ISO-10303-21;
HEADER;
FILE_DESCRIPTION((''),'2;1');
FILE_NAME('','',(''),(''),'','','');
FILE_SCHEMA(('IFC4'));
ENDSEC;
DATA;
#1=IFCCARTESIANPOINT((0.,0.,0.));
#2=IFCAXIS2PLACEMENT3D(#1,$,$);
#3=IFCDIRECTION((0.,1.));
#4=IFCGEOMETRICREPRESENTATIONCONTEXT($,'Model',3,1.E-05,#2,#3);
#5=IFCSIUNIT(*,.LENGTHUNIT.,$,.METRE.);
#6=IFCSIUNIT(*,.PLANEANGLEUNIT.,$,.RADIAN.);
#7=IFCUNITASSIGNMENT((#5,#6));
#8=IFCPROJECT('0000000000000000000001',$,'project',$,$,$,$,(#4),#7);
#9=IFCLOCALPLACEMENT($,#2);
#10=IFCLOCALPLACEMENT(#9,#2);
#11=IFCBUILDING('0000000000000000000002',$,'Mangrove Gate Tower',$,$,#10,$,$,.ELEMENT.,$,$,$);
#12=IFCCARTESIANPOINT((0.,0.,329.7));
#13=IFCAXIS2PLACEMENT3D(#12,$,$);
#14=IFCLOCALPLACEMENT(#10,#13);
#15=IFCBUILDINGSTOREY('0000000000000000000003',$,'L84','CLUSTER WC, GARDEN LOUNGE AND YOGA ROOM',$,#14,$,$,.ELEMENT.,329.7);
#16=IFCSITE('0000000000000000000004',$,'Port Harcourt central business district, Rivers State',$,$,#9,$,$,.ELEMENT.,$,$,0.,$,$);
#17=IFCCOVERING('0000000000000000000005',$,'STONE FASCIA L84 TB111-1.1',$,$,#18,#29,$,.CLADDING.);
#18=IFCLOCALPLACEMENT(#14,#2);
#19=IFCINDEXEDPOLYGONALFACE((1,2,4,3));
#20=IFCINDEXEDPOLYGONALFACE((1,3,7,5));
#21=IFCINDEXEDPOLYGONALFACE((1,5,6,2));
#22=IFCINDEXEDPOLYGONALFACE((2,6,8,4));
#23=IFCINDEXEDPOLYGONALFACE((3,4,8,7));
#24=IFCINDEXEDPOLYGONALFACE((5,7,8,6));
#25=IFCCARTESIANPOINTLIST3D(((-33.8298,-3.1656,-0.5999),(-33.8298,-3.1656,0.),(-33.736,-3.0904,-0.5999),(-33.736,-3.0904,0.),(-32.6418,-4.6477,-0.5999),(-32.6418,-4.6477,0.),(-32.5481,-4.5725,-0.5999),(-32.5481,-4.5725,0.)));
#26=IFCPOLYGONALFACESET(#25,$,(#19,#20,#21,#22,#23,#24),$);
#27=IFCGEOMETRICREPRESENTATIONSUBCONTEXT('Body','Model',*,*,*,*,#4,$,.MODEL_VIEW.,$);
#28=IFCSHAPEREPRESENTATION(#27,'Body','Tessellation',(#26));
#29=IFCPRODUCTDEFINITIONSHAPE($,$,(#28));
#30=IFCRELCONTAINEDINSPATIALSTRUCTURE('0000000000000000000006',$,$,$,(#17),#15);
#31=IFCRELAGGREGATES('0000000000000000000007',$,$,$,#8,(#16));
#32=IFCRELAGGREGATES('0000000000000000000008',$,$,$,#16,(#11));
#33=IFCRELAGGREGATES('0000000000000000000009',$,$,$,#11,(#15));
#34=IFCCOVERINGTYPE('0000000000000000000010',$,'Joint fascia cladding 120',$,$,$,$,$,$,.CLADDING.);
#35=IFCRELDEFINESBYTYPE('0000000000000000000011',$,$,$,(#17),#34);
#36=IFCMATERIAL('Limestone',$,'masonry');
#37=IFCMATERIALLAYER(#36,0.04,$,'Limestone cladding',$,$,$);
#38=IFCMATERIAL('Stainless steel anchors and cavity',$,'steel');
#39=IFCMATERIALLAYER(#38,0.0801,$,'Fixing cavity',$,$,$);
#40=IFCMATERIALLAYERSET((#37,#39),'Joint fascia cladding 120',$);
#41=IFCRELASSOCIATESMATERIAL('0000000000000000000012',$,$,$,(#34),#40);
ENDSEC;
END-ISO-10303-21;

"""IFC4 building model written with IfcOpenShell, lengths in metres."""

from ifc_helpers import new_model, si_unit, direction, frame, frame_2d, origin, place, context, subcontext, project, spatial, rectangle, extrude, material, layer, layer_set, type_object, element, save


model = new_model("IFC4")

# Units and contexts
model_context = context("Model", 3, precision=1e-05, world=origin(), true_north=direction((0.0, 1.0)))
body_context = subcontext(model_context, "Body", "Model", "MODEL_VIEW")
ifc_project = project(units=[si_unit("LENGTHUNIT", "METRE"), si_unit("PLANEANGLEUNIT", "RADIAN")], contexts=[model_context])

# Site, building, storey
site_placement = place(None, origin())
site = spatial("IfcSite", under=ifc_project, at=site_placement, Name="Port Harcourt central business district, Rivers State", CompositionType="ELEMENT", RefElevation=0.0)
building_placement = place(site_placement, origin())
building = spatial("IfcBuilding", under=site, at=building_placement, Name="Mangrove Gate Tower", CompositionType="ELEMENT")
storey_placement = place(building_placement, frame((0.0, 0.0, 329.7)))
storey = spatial("IfcBuildingStorey", under=building, at=storey_placement, Name="L84", Description="CLUSTER WC, GARDEN LOUNGE AND YOGA ROOM", CompositionType="ELEMENT", Elevation=329.7)

# Shared definitions
ifc_material_1 = material(Name="Limestone", Category="masonry")

# Covering
ifc_layer_1 = layer(ifc_material_1, 0.04, Name="Limestone cladding")
ifc_material_2 = material(Name="Stainless steel anchors and cavity", Category="steel")
ifc_layer_2 = layer(ifc_material_2, 0.0801, Name="Fixing cavity")
ifc_layer_set_1 = layer_set([ifc_layer_1, ifc_layer_2], Name="Joint fascia cladding 120")
covering_type = type_object("IfcCoveringType", Name="Joint fascia cladding 120", PredefinedType="CLADDING", material=ifc_layer_set_1)
covering_placement = place(storey_placement, frame((-32.595, -4.6101, -0.5999), z_axis=(0.0, 0.0, 1.0), x_axis=(-0.625416, 0.780292, 0.0)))
element("IfcCovering", 1, at=covering_placement, inside=storey, type_object=covering_type, Name="STONE FASCIA L84 TB111-1.1", PredefinedType="CLADDING", context=body_context, shape_type="SweptSolid", body=[
    extrude(rectangle(XDim=1.8994, YDim=0.1201, at=frame_2d((0.9497, 0.0))), origin(), (0.0, 0.0, 1.0), 0.5999),
])

save(model, "model.ifc")
